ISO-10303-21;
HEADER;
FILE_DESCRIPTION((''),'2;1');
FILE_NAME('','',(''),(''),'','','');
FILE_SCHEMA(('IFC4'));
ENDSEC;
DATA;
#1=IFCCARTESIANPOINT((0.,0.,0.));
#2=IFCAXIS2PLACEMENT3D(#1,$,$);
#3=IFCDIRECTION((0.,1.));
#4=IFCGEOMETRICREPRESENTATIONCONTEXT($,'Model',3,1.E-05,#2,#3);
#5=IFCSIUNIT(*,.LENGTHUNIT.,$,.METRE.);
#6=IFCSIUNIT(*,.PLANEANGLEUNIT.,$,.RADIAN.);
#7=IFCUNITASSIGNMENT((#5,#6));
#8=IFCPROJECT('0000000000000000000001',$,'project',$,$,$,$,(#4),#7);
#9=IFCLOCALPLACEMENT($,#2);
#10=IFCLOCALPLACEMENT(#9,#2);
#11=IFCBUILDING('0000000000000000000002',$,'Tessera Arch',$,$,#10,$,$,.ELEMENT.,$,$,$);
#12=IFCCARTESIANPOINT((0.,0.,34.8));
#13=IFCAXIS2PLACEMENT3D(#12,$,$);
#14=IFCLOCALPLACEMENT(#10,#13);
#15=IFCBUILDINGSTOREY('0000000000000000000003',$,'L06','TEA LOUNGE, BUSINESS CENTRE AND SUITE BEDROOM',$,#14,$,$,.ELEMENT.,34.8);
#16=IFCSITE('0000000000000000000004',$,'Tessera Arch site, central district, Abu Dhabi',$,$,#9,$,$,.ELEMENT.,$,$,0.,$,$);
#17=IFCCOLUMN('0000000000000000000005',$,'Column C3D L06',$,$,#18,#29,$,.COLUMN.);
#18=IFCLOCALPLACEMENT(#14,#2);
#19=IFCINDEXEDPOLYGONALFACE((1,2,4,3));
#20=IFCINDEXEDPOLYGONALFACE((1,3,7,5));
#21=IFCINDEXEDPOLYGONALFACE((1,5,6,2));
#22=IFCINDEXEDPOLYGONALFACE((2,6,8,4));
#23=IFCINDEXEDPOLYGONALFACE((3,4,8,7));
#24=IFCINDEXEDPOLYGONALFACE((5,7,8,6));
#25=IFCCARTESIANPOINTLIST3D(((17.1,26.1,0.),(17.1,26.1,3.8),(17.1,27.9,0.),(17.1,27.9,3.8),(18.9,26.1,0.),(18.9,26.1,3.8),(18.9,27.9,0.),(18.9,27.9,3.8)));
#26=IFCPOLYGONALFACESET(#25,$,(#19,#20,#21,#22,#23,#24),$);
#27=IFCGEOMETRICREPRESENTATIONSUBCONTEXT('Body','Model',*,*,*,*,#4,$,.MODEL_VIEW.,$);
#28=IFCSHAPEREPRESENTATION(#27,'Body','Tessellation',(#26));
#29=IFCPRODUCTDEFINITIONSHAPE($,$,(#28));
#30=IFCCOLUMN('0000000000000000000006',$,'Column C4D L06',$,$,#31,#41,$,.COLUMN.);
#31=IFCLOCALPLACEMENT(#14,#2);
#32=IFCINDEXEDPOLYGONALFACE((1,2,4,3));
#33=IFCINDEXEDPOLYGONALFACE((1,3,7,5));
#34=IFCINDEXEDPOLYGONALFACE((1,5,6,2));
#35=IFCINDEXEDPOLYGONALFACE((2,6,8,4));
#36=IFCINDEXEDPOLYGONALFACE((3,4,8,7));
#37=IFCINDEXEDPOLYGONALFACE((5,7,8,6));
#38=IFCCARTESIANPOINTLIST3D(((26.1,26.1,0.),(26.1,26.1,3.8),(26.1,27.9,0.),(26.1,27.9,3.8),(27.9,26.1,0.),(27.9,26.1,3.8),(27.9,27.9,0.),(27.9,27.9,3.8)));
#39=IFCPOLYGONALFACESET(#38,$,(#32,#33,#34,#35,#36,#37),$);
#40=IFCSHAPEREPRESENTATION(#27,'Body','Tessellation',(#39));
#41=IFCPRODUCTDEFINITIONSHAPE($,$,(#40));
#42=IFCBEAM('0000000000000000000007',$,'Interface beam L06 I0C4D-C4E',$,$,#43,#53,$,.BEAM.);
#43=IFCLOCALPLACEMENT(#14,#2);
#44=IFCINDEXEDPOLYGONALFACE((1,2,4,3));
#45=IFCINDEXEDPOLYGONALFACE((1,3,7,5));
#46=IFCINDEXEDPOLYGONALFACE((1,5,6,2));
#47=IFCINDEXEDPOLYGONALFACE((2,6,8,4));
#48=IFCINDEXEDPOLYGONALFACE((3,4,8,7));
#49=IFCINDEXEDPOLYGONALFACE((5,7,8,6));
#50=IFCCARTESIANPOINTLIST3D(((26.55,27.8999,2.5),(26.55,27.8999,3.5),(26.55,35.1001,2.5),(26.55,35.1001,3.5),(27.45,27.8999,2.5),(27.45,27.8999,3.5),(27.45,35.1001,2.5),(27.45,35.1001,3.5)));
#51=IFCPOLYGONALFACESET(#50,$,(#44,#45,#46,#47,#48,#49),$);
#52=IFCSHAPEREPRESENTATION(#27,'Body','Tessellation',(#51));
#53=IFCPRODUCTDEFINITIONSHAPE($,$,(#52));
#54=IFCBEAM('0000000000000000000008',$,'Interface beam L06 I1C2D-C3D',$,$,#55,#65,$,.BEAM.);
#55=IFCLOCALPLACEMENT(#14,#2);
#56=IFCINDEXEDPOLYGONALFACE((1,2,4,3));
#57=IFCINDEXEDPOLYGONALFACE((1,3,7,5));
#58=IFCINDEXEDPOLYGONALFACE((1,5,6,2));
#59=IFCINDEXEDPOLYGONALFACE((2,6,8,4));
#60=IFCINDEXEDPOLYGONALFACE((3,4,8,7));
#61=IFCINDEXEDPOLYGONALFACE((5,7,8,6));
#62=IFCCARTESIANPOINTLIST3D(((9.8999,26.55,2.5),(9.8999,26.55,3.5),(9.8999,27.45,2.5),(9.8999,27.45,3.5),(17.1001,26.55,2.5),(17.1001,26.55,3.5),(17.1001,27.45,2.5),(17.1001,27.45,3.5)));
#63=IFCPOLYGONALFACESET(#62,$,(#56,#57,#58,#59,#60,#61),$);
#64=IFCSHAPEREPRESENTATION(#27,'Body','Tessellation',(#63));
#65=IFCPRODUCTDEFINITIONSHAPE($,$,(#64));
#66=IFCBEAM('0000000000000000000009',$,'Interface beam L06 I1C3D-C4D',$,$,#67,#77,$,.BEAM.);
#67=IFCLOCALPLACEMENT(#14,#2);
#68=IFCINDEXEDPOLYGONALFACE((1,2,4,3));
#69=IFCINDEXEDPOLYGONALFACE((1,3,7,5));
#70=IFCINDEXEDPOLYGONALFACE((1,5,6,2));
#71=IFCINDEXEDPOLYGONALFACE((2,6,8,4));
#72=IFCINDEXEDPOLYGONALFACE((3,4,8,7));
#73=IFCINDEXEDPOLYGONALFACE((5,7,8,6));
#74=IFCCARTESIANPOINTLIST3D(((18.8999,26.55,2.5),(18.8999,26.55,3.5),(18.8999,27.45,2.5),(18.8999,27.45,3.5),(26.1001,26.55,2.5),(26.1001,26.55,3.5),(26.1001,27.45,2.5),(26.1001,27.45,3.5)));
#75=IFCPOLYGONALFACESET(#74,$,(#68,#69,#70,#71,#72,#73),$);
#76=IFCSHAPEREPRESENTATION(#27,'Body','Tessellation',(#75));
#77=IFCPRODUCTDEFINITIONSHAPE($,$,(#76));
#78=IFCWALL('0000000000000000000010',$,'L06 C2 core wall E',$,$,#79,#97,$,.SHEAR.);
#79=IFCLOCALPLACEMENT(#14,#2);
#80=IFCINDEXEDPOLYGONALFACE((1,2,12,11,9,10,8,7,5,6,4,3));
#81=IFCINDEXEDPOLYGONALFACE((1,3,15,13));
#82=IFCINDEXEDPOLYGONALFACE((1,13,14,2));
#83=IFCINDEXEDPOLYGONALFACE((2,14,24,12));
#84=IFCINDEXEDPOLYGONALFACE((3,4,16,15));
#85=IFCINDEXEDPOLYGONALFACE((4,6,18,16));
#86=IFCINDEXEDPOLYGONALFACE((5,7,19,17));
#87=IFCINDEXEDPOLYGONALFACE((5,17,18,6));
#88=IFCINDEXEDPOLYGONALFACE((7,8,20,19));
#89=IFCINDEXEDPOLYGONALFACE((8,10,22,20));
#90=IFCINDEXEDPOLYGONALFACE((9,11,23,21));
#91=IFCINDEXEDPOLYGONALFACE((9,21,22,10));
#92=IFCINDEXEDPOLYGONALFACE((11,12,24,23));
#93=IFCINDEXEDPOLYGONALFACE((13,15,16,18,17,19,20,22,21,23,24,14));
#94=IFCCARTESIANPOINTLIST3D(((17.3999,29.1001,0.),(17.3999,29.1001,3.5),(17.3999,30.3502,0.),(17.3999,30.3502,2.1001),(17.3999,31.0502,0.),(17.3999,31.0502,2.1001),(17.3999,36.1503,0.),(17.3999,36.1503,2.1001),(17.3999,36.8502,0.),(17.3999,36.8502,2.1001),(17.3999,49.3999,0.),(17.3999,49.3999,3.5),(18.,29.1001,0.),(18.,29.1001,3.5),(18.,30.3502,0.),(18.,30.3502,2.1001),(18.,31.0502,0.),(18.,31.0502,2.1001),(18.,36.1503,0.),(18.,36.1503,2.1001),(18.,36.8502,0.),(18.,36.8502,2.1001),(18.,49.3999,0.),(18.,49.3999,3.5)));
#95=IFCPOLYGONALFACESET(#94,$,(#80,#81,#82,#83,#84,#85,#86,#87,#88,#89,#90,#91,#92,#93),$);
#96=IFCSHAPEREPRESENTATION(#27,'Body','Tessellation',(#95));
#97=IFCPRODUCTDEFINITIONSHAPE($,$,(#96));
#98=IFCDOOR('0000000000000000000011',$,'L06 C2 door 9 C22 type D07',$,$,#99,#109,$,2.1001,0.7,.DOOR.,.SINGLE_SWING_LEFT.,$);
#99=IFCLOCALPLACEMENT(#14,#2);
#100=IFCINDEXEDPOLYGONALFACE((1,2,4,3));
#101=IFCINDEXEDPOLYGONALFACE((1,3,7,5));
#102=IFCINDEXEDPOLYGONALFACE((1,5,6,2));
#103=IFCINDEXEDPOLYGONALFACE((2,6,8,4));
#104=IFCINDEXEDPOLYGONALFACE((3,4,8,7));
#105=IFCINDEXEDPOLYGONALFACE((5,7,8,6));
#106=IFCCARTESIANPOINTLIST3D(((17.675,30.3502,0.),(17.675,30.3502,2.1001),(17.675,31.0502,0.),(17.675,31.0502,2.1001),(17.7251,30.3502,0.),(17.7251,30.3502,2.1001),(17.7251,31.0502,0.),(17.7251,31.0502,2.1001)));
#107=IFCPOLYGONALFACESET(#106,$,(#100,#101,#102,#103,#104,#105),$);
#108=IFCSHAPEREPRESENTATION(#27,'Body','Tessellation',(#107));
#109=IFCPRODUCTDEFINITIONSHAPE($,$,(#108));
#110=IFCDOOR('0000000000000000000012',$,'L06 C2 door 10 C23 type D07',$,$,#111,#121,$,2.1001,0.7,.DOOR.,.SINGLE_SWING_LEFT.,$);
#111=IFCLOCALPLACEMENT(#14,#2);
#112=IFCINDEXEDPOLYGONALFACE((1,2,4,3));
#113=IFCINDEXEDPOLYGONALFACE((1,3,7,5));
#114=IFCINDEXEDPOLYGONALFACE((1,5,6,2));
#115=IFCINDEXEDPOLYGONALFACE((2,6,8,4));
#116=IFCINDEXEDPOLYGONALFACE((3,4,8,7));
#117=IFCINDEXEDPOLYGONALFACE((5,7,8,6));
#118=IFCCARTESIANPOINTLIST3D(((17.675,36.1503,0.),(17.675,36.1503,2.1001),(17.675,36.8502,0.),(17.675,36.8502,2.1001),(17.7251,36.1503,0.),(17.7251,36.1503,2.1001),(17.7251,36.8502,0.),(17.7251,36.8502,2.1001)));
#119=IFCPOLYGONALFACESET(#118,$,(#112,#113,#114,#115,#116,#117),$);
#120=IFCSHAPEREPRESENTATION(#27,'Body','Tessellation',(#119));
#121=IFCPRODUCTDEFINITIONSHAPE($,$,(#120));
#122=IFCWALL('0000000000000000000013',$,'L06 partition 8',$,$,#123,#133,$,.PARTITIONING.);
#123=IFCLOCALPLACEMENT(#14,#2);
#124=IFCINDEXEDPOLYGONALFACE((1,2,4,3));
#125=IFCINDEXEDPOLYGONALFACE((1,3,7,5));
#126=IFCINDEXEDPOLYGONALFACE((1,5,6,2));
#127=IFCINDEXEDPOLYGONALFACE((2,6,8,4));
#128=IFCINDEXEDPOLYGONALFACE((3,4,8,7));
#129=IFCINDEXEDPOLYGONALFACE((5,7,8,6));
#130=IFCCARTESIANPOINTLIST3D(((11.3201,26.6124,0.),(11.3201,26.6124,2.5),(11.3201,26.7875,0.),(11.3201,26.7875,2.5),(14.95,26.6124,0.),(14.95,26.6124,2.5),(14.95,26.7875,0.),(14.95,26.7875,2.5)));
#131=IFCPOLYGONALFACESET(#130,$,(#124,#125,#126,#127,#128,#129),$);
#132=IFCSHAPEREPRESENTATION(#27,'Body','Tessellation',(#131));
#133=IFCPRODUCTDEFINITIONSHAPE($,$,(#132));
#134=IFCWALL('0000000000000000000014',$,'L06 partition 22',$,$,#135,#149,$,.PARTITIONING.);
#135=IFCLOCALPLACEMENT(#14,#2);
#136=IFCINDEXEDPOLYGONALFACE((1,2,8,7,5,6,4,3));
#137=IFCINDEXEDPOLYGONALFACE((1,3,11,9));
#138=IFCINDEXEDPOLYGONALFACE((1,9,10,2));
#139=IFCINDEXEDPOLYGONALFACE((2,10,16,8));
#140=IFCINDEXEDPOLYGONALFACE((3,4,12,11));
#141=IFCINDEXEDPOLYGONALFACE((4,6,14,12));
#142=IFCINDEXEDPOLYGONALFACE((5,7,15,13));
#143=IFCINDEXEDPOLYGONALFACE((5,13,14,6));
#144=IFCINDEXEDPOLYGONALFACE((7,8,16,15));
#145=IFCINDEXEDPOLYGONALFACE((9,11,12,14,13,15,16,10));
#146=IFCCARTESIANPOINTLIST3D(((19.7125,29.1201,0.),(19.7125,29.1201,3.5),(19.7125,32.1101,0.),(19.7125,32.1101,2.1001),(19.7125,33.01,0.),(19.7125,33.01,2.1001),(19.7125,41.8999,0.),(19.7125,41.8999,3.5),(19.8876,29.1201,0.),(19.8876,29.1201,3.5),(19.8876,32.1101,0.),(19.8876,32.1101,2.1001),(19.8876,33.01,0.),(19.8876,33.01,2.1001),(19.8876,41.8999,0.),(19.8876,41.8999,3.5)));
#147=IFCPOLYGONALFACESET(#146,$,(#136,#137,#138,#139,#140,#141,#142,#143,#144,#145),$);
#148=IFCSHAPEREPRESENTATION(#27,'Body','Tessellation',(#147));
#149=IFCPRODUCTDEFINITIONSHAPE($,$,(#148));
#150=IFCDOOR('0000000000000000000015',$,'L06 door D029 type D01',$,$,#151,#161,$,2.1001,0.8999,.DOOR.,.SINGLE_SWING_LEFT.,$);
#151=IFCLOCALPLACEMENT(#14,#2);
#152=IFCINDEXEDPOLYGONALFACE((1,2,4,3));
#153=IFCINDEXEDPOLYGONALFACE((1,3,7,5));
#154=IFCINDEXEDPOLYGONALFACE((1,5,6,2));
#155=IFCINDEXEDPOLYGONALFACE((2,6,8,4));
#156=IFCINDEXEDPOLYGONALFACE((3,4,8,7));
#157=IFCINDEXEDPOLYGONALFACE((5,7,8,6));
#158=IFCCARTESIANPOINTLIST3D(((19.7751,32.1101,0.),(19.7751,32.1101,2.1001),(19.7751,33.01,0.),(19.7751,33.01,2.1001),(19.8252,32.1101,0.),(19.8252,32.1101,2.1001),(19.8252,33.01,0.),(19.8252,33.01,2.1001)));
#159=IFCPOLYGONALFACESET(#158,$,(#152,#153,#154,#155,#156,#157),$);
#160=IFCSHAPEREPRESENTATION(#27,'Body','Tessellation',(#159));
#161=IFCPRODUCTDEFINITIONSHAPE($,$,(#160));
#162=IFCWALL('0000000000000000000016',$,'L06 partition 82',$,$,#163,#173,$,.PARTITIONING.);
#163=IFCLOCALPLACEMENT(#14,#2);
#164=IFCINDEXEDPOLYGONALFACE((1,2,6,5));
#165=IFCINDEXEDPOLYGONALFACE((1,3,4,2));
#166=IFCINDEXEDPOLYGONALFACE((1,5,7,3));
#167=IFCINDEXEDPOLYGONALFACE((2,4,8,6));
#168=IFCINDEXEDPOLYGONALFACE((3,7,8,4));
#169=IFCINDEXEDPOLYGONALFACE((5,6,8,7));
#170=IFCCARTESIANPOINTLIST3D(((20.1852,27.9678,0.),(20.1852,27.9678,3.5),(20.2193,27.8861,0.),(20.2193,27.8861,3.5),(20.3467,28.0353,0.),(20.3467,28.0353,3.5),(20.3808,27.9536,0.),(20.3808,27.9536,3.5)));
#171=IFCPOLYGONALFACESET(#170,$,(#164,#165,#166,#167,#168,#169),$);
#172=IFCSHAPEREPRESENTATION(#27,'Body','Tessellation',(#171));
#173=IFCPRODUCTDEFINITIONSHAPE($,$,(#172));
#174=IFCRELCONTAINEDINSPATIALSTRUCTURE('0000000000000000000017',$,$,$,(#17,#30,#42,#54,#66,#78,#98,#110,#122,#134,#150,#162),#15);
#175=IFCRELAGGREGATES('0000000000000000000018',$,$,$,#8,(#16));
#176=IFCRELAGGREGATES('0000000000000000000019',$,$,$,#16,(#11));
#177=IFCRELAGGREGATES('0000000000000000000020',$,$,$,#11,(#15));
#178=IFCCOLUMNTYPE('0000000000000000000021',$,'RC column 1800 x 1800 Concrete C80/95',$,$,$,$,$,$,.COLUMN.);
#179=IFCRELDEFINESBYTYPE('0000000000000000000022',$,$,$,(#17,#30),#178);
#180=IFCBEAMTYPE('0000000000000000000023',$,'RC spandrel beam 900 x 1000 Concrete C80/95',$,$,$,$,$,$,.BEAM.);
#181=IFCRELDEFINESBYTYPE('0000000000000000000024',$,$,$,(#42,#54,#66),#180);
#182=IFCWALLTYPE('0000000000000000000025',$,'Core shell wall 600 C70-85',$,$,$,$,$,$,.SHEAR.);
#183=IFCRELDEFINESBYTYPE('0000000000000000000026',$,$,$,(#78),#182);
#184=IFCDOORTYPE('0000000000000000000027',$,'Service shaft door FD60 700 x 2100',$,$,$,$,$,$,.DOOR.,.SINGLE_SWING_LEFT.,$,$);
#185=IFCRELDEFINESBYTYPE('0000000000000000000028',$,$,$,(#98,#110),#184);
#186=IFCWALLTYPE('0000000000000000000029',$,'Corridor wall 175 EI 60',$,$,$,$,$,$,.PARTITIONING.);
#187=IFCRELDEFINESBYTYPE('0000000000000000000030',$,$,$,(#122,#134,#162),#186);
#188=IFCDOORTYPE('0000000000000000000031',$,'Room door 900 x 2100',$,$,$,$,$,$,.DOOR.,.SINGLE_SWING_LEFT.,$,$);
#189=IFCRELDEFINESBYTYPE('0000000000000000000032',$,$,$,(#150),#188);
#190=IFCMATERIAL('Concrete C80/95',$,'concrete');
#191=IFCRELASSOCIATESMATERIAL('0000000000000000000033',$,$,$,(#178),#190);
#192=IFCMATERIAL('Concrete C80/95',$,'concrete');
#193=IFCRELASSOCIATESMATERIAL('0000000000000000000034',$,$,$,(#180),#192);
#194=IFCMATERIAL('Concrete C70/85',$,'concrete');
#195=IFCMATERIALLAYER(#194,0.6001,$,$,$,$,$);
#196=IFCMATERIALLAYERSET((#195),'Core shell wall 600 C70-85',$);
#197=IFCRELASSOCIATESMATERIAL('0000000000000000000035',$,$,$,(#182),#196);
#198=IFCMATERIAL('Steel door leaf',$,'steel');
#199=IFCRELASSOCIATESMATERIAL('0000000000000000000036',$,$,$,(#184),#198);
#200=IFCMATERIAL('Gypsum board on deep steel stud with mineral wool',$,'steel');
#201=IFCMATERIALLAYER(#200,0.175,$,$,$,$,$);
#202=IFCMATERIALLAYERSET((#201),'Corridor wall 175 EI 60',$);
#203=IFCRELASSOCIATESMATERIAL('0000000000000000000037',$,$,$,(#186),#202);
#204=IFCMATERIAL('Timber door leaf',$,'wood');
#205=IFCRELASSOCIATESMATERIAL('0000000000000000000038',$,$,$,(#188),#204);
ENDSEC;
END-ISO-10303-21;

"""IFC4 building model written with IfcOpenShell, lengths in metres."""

from ifc_helpers import new_model, si_unit, direction, frame, frame_2d, origin, origin_2d, place, context, subcontext, project, spatial, rectangle, extrude, material, layer, layer_set, material_profile, profile_set, type_object, element, fill, save


model = new_model("IFC4")

# Units and contexts
model_context = context("Model", 3, precision=1e-05, world=origin(), true_north=direction((0.0, 1.0)))
body_context = subcontext(model_context, "Body", "Model", "MODEL_VIEW")
ifc_project = project(units=[si_unit("LENGTHUNIT", "METRE"), si_unit("PLANEANGLEUNIT", "RADIAN")], contexts=[model_context])

# Site, building, storey
site_placement = place(None, origin())
site = spatial("IfcSite", under=ifc_project, at=site_placement, Name="Tessera Arch site, central district, Abu Dhabi", CompositionType="ELEMENT", RefElevation=0.0)
building_placement = place(site_placement, origin())
building = spatial("IfcBuilding", under=site, at=building_placement, Name="Tessera Arch", CompositionType="ELEMENT")
storey_placement = place(building_placement, frame((0.0, 0.0, 34.8)))
storey = spatial("IfcBuildingStorey", under=building, at=storey_placement, Name="L06", Description="TEA LOUNGE, BUSINESS CENTRE AND SUITE BEDROOM", CompositionType="ELEMENT", Elevation=34.8)

# Columns
ifc_material_1 = material(Name="Concrete C80/95", Category="concrete")
ifc_material_profile_1 = material_profile(ifc_material_1, rectangle(XDim=1.8, YDim=1.8, at=origin_2d()), Name="RC column 1800 x 1800 Concrete C80/95")
ifc_profile_set_1 = profile_set([ifc_material_profile_1], Name="Concrete C80/95")
column_type = type_object("IfcColumnType", Name="RC column 1800 x 1800 Concrete C80/95", PredefinedType="COLUMN", material=ifc_profile_set_1)
for number, where, z_axis, x_axis, name in (
    (1, (18.0, 27.0, 0.0), (0.0, 0.0, 1.0), (1.0, 0.0, 0.0), "Column C3D L06"),
    (2, (27.0, 27.0, 0.0), (0.0, 0.0, 1.0), (1.0, 0.0, 0.0), "Column C4D L06"),
):
    element("IfcColumn", number, at=place(storey_placement, frame(where, z_axis=z_axis, x_axis=x_axis)), inside=storey, type_object=column_type, Name=name, PredefinedType="COLUMN", context=body_context, shape_type="SweptSolid", body=[
        extrude(rectangle(XDim=1.8, YDim=1.8, at=origin_2d()), origin(), (0.0, 0.0, 1.0), 3.8),
    ])

# Beams
ifc_material_2 = material(Name="Concrete C80/95", Category="concrete")
ifc_material_profile_2 = material_profile(ifc_material_2, rectangle(XDim=0.8999, YDim=1.0, at=origin_2d()), Name="RC spandrel beam 900 x 1000 Concrete C80/95")
ifc_profile_set_2 = profile_set([ifc_material_profile_2], Name="Concrete C80/95")
beam_type = type_object("IfcBeamType", Name="RC spandrel beam 900 x 1000 Concrete C80/95", PredefinedType="BEAM", material=ifc_profile_set_2)
for number, where, z_axis, x_axis, name in (
    (3, (27.0, 27.8999, 3.0), (0.0, 1.0, 0.0), (-1.0, 0.0, 0.0), "Interface beam L06 I0C4D-C4E"),
    (4, (9.8999, 27.0, 3.0), (1.0, 0.0, 0.0), (0.0, 1.0, 0.0), "Interface beam L06 I1C2D-C3D"),
    (5, (18.8999, 27.0, 3.0), (1.0, 0.0, 0.0), (0.0, 1.0, 0.0), "Interface beam L06 I1C3D-C4D"),
):
    element("IfcBeam", number, at=place(storey_placement, frame(where, z_axis=z_axis, x_axis=x_axis)), inside=storey, type_object=beam_type, Name=name, PredefinedType="BEAM", context=body_context, shape_type="SweptSolid", body=[
        extrude(rectangle(XDim=0.8999, YDim=1.0, at=origin_2d()), origin(), (0.0, 0.0, 1.0), 7.2002),
    ])

# Wall, openings, doors
ifc_material_3 = material(Name="Concrete C70/85", Category="concrete")
ifc_layer_1 = layer(ifc_material_3, 0.6001)
ifc_layer_set_1 = layer_set([ifc_layer_1], Name="Core shell wall 600 C70-85")
wall_type_1 = type_object("IfcWallType", Name="Core shell wall 600 C70-85", PredefinedType="SHEAR", material=ifc_layer_set_1)
wall_1_placement = place(storey_placement, frame((17.7, 29.1001, 0.0), z_axis=(0.0, 0.0, 1.0), x_axis=(0.0, 1.0, 0.0)))
wall_1 = element("IfcWall", 6, at=wall_1_placement, inside=storey, type_object=wall_type_1, Name="L06 C2 core wall E", PredefinedType="SHEAR", context=body_context, shape_type="SweptSolid", body=[
    extrude(rectangle(XDim=20.2998, YDim=0.6001, at=frame_2d((10.1499, 0.0))), origin(), (0.0, 0.0, 1.0), 3.5),
])
opening_1_placement = place(wall_1_placement, frame((1.25, 0.0, 0.0)))
opening_1 = element("IfcOpeningElement", 7, at=opening_1_placement, cuts=wall_1, PredefinedType="OPENING", context=body_context, shape_type="SweptSolid", body=[
    extrude(rectangle(XDim=0.7, YDim=2.1001, at=frame_2d((0.3501, 1.05))), frame((0.0, 0.3101, 0.0), z_axis=(0.0, -1.0, 0.0), x_axis=(1.0, 0.0, 0.0)), (0.0, 0.0, 1.0), 0.6201),
])
opening_2_placement = place(wall_1_placement, frame((7.05, 0.0, 0.0)))
opening_2 = element("IfcOpeningElement", 8, at=opening_2_placement, cuts=wall_1, PredefinedType="OPENING", context=body_context, shape_type="SweptSolid", body=[
    extrude(rectangle(XDim=0.7, YDim=2.1001, at=frame_2d((0.3501, 1.05))), frame((0.0, 0.3101, 0.0), z_axis=(0.0, -1.0, 0.0), x_axis=(1.0, 0.0, 0.0)), (0.0, 0.0, 1.0), 0.6201),
])
ifc_material_4 = material(Name="Steel door leaf", Category="steel")
door_type_1 = type_object("IfcDoorType", Name="Service shaft door FD60 700 x 2100", OperationType="SINGLE_SWING_LEFT", PredefinedType="DOOR", material=ifc_material_4)
door_1_placement = place(opening_1_placement, origin())
door_1 = element("IfcDoor", 9, at=door_1_placement, inside=storey, type_object=door_type_1, Name="L06 C2 door 9 C22 type D07", OperationType="SINGLE_SWING_LEFT", OverallHeight=2.1001, OverallWidth=0.7, PredefinedType="DOOR", context=body_context, shape_type="SweptSolid", body=[
    extrude(rectangle(XDim=0.7, YDim=2.1001, at=frame_2d((0.3501, 1.05))), frame((0.0, 0.0249, 0.0), z_axis=(0.0, -1.0, 0.0), x_axis=(1.0, 0.0, 0.0)), (0.0, 0.0, 1.0), 0.05),
])
fill(opening_1, door_1)
door_2_placement = place(opening_2_placement, origin())
door_2 = element("IfcDoor", 10, at=door_2_placement, inside=storey, type_object=door_type_1, Name="L06 C2 door 10 C23 type D07", OperationType="SINGLE_SWING_LEFT", OverallHeight=2.1001, OverallWidth=0.7, PredefinedType="DOOR", context=body_context, shape_type="SweptSolid", body=[
    extrude(rectangle(XDim=0.7, YDim=2.1001, at=frame_2d((0.3501, 1.05))), frame((0.0, 0.0249, 0.0), z_axis=(0.0, -1.0, 0.0), x_axis=(1.0, 0.0, 0.0)), (0.0, 0.0, 1.0), 0.05),
])
fill(opening_2, door_2)

# Wall
ifc_material_5 = material(Name="Gypsum board on deep steel stud with mineral wool", Category="steel")
ifc_layer_2 = layer(ifc_material_5, 0.175)
ifc_layer_set_2 = layer_set([ifc_layer_2], Name="Corridor wall 175 EI 60")
wall_type_2 = type_object("IfcWallType", Name="Corridor wall 175 EI 60", PredefinedType="PARTITIONING", material=ifc_layer_set_2)
wall_2_placement = place(storey_placement, frame((11.3201, 26.7, 0.0), z_axis=(0.0, 0.0, 1.0), x_axis=(1.0, 0.0, 0.0)))
element("IfcWall", 11, at=wall_2_placement, inside=storey, type_object=wall_type_2, Name="L06 partition 8", PredefinedType="PARTITIONING", context=body_context, shape_type="SweptSolid", body=[
    extrude(rectangle(XDim=3.6299, YDim=0.175, at=frame_2d((1.8149, 0.0))), origin(), (0.0, 0.0, 1.0), 2.5),
])

# Wall, opening, door
wall_3_placement = place(storey_placement, frame((19.8, 29.1201, 0.0), z_axis=(0.0, 0.0, 1.0), x_axis=(0.0, 1.0, 0.0)))
wall_3 = element("IfcWall", 12, at=wall_3_placement, inside=storey, type_object=wall_type_2, Name="L06 partition 22", PredefinedType="PARTITIONING", context=body_context, shape_type="SweptSolid", body=[
    extrude(rectangle(XDim=12.7798, YDim=0.175, at=frame_2d((6.3899, 0.0))), origin(), (0.0, 0.0, 1.0), 3.5),
])
opening_3_placement = place(wall_3_placement, frame((2.99, 0.0, 0.0)))
opening_3 = element("IfcOpeningElement", 13, at=opening_3_placement, cuts=wall_3, PredefinedType="OPENING", context=body_context, shape_type="SweptSolid", body=[
    extrude(rectangle(XDim=0.8999, YDim=2.1001, at=frame_2d((0.45, 1.05))), frame((0.0, 0.0974, 0.0), z_axis=(0.0, -1.0, 0.0), x_axis=(1.0, 0.0, 0.0)), (0.0, 0.0, 1.0), 0.1951),
])
ifc_material_6 = material(Name="Timber door leaf", Category="wood")
door_type_2 = type_object("IfcDoorType", Name="Room door 900 x 2100", OperationType="SINGLE_SWING_LEFT", PredefinedType="DOOR", material=ifc_material_6)
door_3_placement = place(opening_3_placement, origin())
door_3 = element("IfcDoor", 14, at=door_3_placement, inside=storey, type_object=door_type_2, Name="L06 door D029 type D01", OperationType="SINGLE_SWING_LEFT", OverallHeight=2.1001, OverallWidth=0.8999, PredefinedType="DOOR", context=body_context, shape_type="SweptSolid", body=[
    extrude(rectangle(XDim=0.8999, YDim=2.1001, at=frame_2d((0.45, 1.05))), frame((0.0, 0.0249, 0.0), z_axis=(0.0, -1.0, 0.0), x_axis=(1.0, 0.0, 0.0)), (0.0, 0.0, 1.0), 0.05),
])
fill(opening_3, door_3)

# Wall
wall_4_placement = place(storey_placement, frame((20.2659, 28.0017, 0.0), z_axis=(0.0, 0.0, 1.0), x_axis=(0.385593, -0.922669, 0.0)))
element("IfcWall", 15, at=wall_4_placement, inside=storey, type_object=wall_type_2, Name="L06 partition 82", PredefinedType="PARTITIONING", context=body_context, shape_type="SweptSolid", body=[
    extrude(rectangle(XDim=0.0886, YDim=0.175, at=frame_2d((0.0444, 0.0))), origin(), (0.0, 0.0, 1.0), 3.5),
])

save(model, "model.ifc")
